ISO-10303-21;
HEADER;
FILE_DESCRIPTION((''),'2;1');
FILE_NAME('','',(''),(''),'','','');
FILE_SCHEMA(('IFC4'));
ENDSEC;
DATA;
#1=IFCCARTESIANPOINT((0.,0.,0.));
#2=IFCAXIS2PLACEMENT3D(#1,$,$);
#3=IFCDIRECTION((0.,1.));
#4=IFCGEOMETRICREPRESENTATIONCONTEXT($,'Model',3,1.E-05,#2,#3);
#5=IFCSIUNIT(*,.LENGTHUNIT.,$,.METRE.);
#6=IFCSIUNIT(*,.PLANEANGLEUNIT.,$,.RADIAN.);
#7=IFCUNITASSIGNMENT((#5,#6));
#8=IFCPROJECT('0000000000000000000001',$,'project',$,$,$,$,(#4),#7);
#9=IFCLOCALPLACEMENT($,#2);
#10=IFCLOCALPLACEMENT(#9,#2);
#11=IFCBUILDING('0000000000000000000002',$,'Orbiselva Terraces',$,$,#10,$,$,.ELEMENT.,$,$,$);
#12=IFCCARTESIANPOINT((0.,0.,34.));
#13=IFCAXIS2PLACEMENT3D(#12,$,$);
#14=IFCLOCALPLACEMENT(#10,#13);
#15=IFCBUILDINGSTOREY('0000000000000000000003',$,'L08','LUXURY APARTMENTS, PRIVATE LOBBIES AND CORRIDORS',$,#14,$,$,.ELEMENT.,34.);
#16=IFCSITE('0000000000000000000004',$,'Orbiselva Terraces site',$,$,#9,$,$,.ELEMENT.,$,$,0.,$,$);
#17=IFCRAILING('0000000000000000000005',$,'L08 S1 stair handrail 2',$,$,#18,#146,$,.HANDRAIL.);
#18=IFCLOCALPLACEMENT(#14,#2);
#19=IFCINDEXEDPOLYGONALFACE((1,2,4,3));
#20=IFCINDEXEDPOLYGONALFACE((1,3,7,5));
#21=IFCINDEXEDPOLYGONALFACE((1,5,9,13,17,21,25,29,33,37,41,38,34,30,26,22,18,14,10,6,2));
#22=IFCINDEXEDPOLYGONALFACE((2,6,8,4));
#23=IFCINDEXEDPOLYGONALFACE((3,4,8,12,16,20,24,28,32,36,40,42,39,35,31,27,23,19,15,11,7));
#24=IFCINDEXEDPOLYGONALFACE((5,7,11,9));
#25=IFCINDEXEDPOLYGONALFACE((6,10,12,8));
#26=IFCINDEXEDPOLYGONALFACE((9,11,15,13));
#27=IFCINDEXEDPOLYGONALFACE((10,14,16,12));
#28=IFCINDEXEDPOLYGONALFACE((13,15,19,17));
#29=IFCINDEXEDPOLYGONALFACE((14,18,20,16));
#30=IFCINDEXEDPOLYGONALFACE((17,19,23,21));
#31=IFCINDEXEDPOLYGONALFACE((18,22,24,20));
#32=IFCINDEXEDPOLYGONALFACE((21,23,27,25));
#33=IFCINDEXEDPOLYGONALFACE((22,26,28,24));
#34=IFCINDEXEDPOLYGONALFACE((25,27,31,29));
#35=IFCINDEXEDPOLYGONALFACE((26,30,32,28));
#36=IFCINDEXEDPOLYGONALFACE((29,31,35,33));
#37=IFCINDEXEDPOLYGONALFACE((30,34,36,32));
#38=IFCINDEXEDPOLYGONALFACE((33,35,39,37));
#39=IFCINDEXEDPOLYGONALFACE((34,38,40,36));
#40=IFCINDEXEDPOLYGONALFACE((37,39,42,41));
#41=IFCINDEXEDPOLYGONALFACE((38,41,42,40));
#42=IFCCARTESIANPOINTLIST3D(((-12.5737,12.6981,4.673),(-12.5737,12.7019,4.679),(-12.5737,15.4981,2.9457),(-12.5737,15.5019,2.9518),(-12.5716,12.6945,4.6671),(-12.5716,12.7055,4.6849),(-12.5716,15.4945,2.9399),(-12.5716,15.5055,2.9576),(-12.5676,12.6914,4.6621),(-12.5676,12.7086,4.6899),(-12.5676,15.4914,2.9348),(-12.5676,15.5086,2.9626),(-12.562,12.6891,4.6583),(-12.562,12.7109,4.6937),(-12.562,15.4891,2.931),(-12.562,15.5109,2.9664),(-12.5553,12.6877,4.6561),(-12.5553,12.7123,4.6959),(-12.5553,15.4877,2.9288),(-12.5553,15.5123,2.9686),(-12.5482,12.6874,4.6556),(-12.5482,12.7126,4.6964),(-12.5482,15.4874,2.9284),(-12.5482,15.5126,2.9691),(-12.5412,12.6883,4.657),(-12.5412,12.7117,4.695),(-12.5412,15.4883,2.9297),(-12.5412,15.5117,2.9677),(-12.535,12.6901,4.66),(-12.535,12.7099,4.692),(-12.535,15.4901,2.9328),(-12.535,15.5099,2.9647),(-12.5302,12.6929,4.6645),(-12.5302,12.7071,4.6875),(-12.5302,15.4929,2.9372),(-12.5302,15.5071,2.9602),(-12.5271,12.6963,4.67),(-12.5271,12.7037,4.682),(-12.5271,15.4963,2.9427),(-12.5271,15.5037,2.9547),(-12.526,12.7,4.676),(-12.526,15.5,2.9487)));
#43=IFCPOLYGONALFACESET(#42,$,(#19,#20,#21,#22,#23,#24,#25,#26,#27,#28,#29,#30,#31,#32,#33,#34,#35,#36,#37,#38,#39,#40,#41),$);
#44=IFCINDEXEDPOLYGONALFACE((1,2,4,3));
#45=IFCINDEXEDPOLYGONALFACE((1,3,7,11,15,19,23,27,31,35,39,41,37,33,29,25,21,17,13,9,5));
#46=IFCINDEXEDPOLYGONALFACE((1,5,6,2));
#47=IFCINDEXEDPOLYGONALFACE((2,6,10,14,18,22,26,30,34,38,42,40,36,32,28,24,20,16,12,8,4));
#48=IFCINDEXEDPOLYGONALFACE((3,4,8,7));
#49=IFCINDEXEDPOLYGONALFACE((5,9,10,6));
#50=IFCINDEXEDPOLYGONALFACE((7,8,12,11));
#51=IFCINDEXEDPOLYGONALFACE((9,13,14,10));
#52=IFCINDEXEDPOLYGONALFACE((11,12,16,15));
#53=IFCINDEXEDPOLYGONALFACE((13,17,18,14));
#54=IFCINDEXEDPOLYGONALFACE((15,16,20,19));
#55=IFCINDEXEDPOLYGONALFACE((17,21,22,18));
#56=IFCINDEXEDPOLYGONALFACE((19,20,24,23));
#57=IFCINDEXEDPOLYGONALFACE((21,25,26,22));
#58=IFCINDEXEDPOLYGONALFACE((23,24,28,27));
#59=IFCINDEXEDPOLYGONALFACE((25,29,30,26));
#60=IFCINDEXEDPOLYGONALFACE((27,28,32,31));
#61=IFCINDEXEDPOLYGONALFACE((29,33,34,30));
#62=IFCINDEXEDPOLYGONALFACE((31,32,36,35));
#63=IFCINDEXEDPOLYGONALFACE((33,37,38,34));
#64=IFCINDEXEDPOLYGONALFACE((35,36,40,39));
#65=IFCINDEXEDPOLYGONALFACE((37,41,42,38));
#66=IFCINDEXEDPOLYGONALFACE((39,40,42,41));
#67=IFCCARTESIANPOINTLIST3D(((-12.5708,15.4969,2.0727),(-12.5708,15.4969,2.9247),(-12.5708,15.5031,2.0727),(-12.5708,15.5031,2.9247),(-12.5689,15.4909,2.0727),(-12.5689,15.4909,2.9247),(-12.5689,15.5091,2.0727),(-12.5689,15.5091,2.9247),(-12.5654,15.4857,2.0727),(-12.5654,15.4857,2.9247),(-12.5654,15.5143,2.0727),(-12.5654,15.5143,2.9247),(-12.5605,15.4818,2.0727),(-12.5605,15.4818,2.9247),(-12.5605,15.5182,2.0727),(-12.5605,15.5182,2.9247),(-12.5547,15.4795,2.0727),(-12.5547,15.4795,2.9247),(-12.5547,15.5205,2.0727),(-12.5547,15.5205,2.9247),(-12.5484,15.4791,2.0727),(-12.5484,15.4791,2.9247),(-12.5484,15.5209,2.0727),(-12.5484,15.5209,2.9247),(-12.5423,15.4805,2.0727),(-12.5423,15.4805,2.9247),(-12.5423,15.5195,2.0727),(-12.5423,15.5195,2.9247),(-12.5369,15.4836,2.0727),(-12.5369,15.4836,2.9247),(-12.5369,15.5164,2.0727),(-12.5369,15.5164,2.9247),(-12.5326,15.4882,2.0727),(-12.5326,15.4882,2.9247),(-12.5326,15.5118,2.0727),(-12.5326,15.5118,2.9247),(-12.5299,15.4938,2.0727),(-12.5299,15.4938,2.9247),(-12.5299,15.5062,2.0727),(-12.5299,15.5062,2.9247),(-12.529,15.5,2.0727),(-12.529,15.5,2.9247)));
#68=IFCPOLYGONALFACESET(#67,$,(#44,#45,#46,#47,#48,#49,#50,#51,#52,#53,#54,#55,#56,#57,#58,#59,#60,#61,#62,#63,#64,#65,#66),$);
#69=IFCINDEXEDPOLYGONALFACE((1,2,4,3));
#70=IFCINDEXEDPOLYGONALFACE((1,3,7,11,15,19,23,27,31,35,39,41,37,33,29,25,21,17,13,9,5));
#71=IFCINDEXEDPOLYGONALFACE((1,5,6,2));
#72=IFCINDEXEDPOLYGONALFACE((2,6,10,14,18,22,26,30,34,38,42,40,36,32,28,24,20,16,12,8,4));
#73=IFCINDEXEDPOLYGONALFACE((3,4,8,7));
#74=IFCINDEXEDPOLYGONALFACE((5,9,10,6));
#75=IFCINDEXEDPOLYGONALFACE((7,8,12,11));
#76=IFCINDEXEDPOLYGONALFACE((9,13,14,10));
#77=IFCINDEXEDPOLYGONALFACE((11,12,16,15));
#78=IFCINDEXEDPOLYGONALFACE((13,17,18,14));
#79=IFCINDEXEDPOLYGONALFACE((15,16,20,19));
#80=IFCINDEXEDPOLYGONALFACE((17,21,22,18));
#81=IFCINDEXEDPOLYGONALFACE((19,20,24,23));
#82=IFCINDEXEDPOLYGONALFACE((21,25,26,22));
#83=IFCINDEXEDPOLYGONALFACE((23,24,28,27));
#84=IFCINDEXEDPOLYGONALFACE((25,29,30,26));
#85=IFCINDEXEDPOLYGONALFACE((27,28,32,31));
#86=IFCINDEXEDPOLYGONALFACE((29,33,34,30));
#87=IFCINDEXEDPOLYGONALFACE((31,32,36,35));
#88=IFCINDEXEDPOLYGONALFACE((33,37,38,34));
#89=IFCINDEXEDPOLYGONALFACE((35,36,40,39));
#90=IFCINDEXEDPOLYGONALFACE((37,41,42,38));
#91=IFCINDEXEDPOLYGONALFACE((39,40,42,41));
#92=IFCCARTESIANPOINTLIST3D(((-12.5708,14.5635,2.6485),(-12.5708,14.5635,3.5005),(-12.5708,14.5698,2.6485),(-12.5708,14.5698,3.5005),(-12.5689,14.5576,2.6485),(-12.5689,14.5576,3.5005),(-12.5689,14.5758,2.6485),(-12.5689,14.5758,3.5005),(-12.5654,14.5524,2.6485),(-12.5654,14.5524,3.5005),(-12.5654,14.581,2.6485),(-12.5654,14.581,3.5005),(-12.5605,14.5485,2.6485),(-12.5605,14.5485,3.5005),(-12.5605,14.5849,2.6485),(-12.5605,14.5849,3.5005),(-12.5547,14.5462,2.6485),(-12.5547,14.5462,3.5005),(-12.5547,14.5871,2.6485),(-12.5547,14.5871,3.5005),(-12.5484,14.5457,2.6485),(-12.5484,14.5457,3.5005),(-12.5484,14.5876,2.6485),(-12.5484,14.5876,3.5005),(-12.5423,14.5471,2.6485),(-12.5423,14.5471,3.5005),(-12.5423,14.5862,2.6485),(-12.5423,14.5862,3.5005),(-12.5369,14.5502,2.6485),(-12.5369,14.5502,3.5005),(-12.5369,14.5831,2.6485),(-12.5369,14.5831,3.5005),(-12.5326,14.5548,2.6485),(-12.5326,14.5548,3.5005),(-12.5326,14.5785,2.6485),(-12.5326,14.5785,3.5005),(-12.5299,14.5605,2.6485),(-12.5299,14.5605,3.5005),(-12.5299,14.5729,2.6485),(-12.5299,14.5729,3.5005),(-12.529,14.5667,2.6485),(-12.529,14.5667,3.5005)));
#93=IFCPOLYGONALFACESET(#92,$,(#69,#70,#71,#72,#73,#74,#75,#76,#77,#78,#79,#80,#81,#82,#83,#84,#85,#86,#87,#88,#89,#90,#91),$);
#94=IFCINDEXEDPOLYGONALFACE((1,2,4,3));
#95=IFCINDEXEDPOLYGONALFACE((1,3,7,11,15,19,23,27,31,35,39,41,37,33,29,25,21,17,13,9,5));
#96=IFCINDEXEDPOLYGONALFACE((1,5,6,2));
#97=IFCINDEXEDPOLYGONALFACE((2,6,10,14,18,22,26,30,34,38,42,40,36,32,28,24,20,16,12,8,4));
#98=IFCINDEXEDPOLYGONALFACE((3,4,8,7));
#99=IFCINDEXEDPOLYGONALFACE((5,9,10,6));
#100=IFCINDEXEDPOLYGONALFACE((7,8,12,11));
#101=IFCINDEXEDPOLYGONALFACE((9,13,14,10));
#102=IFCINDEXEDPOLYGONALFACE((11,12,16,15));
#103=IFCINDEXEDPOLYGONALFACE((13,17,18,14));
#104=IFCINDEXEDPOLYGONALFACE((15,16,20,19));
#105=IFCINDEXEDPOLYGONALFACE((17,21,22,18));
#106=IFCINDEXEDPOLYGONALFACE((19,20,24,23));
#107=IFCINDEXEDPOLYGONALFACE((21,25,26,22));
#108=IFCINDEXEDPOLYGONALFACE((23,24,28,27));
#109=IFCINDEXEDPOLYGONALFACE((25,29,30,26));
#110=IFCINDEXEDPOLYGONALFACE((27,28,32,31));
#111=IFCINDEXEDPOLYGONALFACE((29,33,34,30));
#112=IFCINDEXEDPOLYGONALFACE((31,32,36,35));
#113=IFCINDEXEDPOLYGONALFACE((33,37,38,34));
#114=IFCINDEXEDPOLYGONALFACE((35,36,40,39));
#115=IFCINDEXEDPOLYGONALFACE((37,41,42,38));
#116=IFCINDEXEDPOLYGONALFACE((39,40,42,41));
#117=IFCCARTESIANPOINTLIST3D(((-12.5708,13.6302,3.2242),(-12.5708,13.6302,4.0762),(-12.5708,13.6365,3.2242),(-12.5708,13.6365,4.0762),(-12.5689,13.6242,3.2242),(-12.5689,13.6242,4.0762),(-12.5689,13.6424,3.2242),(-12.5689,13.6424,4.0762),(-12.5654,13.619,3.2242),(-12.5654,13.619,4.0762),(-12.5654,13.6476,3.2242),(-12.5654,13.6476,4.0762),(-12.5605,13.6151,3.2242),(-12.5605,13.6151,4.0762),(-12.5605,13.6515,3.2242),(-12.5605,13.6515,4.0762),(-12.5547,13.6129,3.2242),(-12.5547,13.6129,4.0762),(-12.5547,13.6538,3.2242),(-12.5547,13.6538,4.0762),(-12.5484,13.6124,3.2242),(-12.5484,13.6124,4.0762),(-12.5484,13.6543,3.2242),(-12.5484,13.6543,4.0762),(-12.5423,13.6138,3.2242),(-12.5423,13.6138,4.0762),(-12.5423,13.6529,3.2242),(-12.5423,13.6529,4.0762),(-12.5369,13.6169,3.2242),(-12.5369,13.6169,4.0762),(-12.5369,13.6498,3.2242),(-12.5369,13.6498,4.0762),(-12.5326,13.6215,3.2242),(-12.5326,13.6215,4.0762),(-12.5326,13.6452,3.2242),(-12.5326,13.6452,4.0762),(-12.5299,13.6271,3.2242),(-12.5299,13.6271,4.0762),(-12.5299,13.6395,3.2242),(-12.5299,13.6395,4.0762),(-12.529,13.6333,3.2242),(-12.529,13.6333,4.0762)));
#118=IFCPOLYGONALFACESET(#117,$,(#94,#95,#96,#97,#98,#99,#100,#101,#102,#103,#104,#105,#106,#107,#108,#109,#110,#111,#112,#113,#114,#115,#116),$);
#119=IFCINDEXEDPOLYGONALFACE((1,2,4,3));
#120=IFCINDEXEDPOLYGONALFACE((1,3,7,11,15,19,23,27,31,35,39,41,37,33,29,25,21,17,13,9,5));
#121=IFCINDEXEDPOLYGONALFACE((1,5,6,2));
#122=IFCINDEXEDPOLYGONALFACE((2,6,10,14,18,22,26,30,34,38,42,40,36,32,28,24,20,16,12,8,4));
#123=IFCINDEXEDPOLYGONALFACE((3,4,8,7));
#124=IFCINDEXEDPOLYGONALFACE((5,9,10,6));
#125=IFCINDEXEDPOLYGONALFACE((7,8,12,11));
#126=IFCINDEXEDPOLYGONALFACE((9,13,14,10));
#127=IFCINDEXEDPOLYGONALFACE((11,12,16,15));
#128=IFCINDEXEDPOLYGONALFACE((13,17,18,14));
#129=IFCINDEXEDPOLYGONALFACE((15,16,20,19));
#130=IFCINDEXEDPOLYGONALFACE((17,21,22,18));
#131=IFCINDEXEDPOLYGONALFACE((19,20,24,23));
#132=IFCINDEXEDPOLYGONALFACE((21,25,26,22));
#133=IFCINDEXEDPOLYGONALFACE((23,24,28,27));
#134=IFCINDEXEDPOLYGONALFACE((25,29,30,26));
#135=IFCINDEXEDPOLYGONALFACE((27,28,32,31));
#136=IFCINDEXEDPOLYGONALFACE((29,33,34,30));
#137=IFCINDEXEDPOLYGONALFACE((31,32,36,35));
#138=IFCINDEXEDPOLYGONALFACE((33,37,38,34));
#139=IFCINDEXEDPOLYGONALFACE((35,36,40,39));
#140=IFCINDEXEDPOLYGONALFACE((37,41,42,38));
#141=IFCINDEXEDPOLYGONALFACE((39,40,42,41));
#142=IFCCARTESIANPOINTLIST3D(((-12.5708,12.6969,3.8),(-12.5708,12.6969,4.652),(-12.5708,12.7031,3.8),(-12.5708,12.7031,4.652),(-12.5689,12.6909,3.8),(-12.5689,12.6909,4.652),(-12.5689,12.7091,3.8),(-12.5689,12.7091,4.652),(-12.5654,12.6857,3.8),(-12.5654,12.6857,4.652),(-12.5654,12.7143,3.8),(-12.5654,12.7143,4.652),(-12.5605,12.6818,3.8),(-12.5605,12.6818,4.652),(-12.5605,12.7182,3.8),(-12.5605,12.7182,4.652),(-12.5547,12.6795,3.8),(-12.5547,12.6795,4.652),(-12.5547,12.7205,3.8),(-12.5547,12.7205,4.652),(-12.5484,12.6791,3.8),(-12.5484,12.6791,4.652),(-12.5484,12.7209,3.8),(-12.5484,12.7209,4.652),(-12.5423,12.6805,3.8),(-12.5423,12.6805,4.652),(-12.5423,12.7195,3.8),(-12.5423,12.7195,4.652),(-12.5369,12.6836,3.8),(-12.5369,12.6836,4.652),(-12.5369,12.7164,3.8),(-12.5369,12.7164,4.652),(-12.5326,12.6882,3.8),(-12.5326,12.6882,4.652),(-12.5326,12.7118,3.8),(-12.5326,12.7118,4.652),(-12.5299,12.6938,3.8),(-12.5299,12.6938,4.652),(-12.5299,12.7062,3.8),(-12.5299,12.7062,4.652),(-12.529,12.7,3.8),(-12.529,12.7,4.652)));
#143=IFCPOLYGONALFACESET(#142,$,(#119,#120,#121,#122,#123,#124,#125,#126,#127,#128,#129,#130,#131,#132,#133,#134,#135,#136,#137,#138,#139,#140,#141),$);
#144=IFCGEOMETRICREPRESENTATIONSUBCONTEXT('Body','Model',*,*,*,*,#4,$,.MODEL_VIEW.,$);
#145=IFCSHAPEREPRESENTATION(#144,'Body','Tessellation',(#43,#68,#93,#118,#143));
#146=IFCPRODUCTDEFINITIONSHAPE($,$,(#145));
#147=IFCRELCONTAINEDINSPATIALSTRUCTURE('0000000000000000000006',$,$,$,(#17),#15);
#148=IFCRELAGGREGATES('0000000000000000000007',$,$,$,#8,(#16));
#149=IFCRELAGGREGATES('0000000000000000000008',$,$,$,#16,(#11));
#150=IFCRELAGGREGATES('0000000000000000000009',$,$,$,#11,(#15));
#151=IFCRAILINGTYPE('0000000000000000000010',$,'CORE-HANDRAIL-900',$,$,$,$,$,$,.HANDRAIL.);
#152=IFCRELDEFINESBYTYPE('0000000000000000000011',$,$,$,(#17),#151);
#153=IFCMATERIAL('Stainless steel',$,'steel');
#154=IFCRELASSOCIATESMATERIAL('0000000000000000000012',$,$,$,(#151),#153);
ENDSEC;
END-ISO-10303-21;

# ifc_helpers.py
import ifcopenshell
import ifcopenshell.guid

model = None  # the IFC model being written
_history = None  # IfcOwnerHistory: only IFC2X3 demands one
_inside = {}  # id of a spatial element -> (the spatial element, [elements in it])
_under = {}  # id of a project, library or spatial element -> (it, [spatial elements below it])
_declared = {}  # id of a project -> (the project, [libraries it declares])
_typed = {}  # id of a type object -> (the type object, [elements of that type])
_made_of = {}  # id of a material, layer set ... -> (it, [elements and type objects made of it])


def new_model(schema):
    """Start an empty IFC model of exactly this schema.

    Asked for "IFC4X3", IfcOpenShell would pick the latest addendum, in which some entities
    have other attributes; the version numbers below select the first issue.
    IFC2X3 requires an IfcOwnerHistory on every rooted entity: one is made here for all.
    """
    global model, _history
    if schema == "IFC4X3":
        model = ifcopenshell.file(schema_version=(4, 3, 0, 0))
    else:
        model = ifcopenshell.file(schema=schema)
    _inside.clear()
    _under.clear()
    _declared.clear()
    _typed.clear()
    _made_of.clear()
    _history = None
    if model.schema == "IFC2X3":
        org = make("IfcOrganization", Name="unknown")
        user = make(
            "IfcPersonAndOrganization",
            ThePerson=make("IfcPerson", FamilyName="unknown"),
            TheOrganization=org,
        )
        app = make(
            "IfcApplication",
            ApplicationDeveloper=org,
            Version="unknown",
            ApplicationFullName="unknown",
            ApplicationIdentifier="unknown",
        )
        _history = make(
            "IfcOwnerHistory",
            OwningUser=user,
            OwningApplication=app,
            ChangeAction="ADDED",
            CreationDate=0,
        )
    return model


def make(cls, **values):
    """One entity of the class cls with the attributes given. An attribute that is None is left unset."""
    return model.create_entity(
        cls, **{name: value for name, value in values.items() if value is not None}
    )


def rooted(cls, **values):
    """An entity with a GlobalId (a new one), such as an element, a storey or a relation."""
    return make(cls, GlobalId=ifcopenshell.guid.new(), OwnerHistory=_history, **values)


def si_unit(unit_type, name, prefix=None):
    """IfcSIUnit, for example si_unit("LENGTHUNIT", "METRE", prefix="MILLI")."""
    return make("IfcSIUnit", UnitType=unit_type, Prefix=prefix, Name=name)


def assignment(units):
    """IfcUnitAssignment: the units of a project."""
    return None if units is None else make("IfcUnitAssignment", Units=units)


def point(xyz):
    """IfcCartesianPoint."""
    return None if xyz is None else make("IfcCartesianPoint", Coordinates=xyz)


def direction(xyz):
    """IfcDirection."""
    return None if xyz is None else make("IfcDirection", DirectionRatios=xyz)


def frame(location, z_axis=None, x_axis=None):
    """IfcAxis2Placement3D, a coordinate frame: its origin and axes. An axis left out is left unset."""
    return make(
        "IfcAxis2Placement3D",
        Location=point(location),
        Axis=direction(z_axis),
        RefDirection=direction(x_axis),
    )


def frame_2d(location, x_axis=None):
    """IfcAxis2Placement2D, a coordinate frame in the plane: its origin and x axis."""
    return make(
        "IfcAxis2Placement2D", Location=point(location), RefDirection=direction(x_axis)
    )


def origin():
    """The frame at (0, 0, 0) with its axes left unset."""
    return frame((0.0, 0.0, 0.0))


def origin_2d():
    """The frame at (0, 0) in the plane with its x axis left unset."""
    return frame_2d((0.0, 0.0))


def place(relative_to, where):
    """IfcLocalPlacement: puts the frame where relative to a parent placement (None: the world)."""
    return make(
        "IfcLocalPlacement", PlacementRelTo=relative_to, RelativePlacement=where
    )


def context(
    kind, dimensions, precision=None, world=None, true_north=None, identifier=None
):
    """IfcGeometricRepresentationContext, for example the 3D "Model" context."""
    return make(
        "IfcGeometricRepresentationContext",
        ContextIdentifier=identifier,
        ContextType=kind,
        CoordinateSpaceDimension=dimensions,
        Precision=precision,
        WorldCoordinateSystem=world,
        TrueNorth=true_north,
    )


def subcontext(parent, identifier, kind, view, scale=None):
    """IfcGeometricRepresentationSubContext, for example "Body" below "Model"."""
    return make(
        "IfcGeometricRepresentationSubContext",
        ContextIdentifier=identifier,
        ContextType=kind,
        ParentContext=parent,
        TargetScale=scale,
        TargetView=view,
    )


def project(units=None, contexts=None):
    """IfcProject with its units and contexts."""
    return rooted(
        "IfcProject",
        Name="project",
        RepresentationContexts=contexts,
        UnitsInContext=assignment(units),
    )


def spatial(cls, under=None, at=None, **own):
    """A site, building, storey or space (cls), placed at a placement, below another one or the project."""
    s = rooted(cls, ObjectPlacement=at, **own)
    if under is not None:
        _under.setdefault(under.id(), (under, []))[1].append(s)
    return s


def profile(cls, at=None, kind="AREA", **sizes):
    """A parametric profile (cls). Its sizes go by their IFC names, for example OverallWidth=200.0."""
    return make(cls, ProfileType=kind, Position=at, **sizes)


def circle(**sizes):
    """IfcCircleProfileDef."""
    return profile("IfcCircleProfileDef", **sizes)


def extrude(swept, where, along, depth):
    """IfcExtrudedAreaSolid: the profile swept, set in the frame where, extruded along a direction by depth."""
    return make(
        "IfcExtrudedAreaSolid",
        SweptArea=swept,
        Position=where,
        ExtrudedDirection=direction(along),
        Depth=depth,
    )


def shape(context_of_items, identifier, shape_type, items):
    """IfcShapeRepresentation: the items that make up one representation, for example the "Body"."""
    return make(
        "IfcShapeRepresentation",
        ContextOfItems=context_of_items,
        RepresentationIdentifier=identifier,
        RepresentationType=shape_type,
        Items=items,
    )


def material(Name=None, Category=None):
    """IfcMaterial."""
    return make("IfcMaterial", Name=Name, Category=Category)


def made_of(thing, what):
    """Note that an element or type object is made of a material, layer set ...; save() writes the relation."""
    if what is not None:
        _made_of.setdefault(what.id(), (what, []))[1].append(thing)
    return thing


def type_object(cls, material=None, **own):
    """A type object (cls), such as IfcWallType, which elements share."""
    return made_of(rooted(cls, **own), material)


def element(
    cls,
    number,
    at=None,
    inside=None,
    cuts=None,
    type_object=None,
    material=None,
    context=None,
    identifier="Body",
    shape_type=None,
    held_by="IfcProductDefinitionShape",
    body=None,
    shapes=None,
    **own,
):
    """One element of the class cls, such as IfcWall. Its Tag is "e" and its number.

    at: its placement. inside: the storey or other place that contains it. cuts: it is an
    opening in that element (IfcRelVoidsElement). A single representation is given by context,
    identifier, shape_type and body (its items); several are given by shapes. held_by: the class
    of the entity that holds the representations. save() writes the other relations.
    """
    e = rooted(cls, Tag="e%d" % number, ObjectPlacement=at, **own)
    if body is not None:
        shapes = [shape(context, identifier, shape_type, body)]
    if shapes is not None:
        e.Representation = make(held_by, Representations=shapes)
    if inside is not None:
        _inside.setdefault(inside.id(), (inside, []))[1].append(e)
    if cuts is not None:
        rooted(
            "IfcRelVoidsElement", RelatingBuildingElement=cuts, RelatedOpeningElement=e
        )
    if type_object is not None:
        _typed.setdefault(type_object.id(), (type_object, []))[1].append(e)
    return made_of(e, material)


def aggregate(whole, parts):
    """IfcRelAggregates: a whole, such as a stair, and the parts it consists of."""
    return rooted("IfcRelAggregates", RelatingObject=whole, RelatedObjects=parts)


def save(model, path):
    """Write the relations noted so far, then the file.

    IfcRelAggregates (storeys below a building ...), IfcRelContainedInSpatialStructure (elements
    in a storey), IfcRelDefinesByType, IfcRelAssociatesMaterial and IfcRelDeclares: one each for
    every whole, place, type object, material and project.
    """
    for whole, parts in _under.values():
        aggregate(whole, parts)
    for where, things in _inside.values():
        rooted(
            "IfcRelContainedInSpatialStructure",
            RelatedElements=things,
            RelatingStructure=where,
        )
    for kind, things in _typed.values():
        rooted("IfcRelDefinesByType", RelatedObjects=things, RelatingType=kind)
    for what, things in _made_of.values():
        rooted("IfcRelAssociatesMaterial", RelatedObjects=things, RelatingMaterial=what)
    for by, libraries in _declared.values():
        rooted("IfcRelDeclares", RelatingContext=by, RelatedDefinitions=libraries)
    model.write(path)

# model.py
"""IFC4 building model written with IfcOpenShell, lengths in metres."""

from ifc_helpers import new_model, si_unit, direction, frame, origin, origin_2d, place, context, subcontext, project, spatial, circle, extrude, material, type_object, element, save


model = new_model("IFC4")

# Units and contexts
model_context = context("Model", 3, precision=1e-05, world=origin(), true_north=direction((0.0, 1.0)))
body_context = subcontext(model_context, "Body", "Model", "MODEL_VIEW")
ifc_project = project(units=[si_unit("LENGTHUNIT", "METRE"), si_unit("PLANEANGLEUNIT", "RADIAN")], contexts=[model_context])

# Site, building, storey
site_placement = place(None, origin())
site = spatial("IfcSite", under=ifc_project, at=site_placement, Name="Orbiselva Terraces site", CompositionType="ELEMENT", RefElevation=0.0)
building_placement = place(site_placement, origin())
building = spatial("IfcBuilding", under=site, at=building_placement, Name="Orbiselva Terraces", CompositionType="ELEMENT")
storey_placement = place(building_placement, frame((0.0, 0.0, 34.0)))
storey = spatial("IfcBuildingStorey", under=building, at=storey_placement, Name="L08", Description="LUXURY APARTMENTS, PRIVATE LOBBIES AND CORRIDORS", CompositionType="ELEMENT", Elevation=34.0)

# Railing
ifc_material_1 = material(Name="Stainless steel", Category="steel")
railing_type = type_object("IfcRailingType", Name="CORE-HANDRAIL-900", PredefinedType="HANDRAIL", material=ifc_material_1)
railing_placement = place(storey_placement, frame((-12.55, 15.5, 2.0727)))
element("IfcRailing", 1, at=railing_placement, inside=storey, type_object=railing_type, Name="L08 S1 stair handrail 2", PredefinedType="HANDRAIL", context=body_context, shape_type="SweptSolid", body=[
    extrude(circle(Radius=0.024, at=origin_2d()), frame((0.0, 0.0, 0.876), z_axis=(0.0, -0.851089, 0.525022), x_axis=(1.0, 0.0, 0.0)), (0.0, 0.0, 1.0), 3.2899),
    extrude(circle(Radius=0.021, at=origin_2d()), origin(), (0.0, 0.0, 1.0), 0.852),
    extrude(circle(Radius=0.021, at=origin_2d()), frame((0.0, -0.9333, 0.5758)), (0.0, 0.0, 1.0), 0.852),
    extrude(circle(Radius=0.021, at=origin_2d()), frame((0.0, -1.8667, 1.1515)), (0.0, 0.0, 1.0), 0.852),
    extrude(circle(Radius=0.021, at=origin_2d()), frame((0.0, -2.8, 1.7273)), (0.0, 0.0, 1.0), 0.852),
])

save(model, "model.ifc")
